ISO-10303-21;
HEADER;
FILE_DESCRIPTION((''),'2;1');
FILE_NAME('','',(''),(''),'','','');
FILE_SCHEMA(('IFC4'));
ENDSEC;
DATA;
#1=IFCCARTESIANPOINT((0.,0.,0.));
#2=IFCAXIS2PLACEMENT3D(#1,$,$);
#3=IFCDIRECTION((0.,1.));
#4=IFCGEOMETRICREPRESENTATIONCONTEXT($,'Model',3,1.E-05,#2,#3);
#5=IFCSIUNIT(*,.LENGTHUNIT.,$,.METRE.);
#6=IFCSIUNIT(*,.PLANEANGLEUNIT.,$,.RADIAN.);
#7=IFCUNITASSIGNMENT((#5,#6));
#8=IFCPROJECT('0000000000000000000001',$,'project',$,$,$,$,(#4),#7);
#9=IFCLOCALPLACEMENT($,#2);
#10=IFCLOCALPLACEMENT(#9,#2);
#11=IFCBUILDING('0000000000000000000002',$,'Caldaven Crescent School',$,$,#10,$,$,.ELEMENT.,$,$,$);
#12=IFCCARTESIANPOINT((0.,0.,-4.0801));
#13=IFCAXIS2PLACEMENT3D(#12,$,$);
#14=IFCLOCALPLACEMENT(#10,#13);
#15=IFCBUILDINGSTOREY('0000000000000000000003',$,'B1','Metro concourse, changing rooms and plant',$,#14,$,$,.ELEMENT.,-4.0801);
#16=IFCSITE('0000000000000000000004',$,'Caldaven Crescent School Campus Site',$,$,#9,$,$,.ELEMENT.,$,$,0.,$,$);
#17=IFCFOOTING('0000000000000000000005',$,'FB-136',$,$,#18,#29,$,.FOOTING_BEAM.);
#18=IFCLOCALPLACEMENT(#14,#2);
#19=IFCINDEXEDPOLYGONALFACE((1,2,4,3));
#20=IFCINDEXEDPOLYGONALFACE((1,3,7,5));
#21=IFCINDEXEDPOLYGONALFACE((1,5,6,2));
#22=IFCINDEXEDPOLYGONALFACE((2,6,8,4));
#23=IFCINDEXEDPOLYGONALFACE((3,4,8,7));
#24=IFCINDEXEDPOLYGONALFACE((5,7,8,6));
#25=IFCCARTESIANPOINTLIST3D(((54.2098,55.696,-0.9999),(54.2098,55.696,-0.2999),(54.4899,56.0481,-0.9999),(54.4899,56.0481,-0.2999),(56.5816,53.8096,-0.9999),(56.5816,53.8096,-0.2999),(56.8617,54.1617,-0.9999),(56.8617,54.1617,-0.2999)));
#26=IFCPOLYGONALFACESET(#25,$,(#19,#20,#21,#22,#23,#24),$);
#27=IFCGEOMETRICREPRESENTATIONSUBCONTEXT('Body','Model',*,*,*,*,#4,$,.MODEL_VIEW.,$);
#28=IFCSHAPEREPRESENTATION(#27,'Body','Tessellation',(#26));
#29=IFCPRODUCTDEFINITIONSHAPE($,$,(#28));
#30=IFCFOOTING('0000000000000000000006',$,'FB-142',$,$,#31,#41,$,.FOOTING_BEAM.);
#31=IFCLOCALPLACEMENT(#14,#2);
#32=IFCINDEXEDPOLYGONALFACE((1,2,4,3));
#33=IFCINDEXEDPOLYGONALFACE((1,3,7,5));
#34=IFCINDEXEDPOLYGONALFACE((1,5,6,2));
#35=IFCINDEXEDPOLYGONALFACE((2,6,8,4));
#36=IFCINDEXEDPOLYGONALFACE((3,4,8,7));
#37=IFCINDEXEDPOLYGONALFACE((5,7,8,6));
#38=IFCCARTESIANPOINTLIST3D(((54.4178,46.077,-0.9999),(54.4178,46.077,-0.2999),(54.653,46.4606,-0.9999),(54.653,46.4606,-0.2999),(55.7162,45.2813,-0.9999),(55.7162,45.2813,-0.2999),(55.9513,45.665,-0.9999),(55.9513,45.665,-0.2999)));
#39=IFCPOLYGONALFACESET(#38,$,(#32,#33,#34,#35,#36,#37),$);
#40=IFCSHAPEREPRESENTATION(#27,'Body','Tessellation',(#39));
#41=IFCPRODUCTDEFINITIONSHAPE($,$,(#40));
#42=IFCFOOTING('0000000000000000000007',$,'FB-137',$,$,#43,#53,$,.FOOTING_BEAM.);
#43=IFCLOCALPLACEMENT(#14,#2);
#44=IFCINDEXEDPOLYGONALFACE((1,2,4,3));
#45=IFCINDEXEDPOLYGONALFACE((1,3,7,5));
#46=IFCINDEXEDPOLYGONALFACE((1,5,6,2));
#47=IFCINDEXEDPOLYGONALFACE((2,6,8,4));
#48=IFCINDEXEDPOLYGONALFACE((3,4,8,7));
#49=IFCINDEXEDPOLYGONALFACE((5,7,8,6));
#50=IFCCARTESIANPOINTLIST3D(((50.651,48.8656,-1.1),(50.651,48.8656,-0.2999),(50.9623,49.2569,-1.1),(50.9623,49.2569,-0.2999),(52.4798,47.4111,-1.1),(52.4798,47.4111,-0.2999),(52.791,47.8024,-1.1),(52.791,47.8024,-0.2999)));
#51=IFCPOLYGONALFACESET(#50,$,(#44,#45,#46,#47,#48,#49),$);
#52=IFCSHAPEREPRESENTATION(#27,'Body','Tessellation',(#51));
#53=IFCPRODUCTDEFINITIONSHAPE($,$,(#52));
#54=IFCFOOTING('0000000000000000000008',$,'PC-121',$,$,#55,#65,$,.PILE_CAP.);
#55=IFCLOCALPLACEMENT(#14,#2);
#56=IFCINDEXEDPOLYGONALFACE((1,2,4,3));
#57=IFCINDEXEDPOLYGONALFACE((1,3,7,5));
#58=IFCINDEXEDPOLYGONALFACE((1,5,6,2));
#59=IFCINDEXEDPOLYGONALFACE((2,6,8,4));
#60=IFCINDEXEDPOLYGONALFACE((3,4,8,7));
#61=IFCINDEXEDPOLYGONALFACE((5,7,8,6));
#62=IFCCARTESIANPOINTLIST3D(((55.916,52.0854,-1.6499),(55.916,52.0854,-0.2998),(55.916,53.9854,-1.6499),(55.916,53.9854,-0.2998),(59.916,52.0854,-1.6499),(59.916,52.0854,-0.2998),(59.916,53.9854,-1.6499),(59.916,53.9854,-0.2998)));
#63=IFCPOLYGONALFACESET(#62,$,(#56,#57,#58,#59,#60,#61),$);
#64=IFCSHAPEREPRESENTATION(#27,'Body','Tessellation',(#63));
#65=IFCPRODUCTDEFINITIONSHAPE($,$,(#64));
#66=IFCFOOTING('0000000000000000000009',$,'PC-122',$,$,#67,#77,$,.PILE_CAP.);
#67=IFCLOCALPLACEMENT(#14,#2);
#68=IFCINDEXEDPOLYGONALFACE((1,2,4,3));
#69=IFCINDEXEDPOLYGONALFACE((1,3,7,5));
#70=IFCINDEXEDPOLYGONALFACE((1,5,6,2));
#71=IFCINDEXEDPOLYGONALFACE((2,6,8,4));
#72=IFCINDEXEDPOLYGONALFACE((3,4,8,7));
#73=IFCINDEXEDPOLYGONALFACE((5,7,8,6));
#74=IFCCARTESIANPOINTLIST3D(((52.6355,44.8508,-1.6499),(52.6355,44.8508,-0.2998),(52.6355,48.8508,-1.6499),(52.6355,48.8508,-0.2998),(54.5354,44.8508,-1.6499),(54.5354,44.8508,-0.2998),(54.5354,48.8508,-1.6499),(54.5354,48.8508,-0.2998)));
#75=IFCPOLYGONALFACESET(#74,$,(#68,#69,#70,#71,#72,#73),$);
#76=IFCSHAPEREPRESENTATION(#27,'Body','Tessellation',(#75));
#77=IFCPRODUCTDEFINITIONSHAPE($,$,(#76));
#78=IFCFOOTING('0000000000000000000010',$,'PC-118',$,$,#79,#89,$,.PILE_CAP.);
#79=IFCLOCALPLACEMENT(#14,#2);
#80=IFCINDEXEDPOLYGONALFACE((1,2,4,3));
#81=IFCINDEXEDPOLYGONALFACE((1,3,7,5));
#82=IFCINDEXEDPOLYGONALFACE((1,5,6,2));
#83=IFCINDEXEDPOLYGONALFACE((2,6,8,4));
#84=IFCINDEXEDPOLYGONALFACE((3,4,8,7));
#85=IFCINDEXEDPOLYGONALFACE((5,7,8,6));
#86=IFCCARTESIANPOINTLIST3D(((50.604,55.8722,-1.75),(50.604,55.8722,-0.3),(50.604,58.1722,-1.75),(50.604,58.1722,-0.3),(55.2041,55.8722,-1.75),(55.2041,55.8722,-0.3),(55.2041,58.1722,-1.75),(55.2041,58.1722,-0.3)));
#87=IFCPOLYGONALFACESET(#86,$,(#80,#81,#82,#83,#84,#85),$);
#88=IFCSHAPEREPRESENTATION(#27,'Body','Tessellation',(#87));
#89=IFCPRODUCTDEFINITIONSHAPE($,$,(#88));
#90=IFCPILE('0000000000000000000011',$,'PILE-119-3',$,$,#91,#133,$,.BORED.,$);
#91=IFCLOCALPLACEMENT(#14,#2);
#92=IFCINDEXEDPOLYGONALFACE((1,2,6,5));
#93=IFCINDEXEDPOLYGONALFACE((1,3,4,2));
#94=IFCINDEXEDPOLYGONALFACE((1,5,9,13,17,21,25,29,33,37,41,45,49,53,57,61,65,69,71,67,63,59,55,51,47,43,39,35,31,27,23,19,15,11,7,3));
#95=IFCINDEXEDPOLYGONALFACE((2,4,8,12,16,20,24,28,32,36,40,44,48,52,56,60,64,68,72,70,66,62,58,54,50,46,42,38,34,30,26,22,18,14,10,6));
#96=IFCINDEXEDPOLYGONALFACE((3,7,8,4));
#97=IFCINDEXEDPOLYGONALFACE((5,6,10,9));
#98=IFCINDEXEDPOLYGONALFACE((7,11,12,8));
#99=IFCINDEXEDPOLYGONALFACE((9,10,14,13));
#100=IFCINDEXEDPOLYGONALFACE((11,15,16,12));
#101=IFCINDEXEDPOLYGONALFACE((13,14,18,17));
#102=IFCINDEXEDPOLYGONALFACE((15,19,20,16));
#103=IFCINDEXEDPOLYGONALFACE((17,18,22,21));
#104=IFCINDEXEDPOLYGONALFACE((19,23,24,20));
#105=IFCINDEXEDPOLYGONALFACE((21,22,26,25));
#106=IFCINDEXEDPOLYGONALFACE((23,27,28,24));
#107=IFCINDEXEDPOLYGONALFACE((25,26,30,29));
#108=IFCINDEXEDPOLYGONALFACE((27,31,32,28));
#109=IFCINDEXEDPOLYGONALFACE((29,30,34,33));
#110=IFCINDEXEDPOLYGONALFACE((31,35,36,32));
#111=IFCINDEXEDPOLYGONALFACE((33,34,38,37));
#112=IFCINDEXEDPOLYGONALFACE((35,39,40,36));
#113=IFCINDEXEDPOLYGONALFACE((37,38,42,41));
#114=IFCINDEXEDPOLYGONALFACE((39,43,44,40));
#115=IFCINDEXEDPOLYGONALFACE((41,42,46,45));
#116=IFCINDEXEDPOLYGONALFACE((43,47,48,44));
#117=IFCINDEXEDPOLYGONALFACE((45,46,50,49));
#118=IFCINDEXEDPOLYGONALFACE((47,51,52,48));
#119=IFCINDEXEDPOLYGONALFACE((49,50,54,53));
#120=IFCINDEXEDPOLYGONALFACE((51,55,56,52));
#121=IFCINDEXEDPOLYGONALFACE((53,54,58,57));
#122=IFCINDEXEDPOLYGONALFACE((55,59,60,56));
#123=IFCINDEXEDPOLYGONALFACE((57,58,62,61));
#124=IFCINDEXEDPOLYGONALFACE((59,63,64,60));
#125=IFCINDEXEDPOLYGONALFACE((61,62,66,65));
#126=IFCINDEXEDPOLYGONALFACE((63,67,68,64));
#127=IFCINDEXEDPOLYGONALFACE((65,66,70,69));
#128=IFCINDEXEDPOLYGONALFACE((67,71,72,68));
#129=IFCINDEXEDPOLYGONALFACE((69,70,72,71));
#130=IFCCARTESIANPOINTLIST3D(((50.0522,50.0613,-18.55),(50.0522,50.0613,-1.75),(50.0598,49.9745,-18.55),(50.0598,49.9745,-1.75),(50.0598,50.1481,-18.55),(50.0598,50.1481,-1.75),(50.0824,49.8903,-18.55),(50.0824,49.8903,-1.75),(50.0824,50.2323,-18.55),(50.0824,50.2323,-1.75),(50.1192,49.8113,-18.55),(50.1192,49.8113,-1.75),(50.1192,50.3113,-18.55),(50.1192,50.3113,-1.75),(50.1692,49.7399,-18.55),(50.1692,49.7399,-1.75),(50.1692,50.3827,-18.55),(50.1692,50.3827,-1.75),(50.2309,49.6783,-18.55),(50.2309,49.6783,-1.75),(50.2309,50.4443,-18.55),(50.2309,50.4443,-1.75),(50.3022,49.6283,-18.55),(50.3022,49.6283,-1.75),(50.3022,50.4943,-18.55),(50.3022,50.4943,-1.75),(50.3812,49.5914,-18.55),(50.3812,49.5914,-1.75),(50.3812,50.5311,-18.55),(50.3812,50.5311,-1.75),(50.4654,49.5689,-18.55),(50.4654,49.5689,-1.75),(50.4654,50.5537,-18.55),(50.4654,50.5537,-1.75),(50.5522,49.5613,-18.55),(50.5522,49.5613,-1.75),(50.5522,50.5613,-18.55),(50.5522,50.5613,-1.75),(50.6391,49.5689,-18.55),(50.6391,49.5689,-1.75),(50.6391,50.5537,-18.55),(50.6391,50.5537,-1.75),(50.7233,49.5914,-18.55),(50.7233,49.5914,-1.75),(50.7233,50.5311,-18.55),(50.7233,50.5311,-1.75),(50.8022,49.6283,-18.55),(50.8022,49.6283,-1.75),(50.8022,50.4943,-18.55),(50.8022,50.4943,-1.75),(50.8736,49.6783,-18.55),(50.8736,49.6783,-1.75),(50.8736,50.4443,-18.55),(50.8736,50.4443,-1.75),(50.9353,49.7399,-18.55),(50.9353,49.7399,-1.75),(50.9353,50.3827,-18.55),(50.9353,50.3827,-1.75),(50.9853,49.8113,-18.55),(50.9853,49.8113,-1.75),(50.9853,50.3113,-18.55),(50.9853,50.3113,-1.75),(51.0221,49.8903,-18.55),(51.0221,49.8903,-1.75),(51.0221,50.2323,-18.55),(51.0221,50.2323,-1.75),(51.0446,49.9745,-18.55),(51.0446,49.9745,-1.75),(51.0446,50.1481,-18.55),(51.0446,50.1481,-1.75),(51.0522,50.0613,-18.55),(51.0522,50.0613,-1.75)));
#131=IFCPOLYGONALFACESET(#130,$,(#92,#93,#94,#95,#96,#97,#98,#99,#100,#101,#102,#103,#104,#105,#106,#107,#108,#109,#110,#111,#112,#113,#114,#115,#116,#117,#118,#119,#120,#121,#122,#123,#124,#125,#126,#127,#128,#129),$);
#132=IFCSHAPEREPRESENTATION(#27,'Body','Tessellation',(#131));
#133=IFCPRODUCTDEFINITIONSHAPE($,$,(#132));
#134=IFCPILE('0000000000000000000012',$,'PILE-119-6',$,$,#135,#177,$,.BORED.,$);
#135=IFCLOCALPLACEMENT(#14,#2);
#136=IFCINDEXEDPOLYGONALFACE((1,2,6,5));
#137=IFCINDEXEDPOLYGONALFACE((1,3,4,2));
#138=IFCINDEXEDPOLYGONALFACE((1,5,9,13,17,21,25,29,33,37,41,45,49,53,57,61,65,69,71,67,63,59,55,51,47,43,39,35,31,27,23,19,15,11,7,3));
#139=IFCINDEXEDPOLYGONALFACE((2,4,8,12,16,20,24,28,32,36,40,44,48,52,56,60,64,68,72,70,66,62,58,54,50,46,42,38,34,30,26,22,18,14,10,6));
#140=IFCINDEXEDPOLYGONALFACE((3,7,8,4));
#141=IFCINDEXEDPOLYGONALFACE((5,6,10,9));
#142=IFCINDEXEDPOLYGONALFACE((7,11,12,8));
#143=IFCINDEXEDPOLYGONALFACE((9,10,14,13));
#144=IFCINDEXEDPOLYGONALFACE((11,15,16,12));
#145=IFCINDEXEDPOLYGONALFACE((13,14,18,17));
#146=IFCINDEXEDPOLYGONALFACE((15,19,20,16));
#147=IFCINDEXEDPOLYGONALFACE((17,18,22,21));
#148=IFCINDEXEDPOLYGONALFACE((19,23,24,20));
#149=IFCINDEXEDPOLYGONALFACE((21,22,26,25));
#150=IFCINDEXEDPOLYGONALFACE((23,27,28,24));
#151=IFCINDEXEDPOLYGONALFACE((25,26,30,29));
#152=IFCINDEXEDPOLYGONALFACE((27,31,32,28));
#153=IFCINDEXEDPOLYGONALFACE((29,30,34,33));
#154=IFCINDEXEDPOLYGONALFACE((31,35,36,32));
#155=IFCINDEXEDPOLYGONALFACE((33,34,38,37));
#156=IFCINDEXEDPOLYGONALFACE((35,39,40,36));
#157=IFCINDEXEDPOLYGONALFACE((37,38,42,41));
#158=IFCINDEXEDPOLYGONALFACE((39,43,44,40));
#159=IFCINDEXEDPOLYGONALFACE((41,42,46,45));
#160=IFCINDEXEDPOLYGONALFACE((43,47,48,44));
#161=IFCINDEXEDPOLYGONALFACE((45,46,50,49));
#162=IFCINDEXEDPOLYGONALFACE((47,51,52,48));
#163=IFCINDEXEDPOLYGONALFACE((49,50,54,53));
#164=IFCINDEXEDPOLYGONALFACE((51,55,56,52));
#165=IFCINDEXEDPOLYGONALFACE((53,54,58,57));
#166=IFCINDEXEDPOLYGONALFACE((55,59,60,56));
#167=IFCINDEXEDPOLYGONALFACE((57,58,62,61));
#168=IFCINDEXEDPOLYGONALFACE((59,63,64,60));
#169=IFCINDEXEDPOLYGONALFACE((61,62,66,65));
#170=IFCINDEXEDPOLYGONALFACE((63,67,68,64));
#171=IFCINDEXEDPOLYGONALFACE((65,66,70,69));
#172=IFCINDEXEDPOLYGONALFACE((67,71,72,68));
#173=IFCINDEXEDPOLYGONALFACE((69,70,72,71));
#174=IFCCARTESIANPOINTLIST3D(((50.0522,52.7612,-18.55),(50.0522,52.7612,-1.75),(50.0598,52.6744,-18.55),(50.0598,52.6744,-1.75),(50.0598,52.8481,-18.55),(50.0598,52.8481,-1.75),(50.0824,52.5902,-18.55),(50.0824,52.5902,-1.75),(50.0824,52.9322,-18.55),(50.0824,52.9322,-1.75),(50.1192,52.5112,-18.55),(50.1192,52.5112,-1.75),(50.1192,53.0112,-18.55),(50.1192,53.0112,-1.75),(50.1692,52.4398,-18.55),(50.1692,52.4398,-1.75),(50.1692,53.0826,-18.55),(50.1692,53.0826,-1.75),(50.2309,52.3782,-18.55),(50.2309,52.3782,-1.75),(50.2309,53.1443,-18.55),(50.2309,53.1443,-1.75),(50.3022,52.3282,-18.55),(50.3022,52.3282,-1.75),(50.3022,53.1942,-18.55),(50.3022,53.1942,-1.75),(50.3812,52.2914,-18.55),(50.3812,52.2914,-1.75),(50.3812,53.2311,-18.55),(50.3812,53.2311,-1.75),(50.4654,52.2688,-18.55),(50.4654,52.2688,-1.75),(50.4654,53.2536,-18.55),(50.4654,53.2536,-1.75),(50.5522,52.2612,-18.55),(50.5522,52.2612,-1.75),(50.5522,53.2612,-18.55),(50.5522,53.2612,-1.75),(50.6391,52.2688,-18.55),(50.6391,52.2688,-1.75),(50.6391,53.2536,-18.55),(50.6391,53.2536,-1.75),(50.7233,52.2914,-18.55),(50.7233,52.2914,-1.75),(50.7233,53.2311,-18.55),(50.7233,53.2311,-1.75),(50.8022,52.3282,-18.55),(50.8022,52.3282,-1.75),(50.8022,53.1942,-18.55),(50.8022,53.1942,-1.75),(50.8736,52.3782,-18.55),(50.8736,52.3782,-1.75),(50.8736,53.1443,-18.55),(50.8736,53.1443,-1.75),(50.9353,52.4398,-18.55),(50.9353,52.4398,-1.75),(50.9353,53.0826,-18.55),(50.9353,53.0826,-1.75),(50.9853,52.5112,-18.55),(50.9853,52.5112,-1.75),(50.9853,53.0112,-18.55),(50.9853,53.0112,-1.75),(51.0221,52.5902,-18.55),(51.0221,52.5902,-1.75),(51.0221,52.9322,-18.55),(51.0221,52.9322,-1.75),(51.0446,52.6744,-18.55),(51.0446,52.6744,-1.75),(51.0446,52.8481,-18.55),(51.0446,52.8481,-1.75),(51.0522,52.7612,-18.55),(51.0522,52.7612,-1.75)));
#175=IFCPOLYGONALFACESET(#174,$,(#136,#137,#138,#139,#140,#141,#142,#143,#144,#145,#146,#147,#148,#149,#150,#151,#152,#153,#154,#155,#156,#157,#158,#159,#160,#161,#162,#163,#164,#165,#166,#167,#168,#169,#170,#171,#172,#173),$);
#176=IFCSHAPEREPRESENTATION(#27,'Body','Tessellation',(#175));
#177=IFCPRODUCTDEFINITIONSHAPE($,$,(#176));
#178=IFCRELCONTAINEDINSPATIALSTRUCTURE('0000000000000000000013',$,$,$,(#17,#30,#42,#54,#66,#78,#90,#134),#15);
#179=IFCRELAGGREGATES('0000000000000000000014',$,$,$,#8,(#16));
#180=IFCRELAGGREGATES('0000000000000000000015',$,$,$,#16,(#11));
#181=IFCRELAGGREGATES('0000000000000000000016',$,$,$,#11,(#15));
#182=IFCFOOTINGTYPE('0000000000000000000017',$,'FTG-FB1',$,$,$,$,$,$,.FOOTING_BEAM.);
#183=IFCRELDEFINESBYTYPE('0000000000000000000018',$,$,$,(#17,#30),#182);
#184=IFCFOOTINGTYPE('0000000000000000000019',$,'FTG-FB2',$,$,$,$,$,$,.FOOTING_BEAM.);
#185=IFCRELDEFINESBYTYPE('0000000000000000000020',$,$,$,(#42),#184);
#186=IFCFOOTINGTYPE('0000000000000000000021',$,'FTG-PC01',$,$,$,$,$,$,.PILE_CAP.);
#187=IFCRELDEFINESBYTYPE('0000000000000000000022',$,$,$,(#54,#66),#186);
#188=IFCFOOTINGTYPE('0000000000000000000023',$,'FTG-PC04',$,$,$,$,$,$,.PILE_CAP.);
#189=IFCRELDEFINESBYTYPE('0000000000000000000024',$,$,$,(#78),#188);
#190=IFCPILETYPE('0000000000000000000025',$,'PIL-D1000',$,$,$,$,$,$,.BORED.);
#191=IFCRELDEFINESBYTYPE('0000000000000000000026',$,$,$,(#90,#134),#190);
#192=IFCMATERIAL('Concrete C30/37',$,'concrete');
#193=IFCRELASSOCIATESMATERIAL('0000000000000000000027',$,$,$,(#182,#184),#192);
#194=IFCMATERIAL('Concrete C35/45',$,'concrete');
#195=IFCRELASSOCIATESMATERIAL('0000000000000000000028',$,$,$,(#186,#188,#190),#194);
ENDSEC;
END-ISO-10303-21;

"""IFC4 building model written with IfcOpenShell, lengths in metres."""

from ifc_helpers import new_model, si_unit, direction, frame, origin, origin_2d, place, context, subcontext, project, spatial, rectangle, circle, extrude, material, material_profile, profile_set, type_object, element, save


model = new_model("IFC4")

# Units and contexts
model_context = context("Model", 3, precision=1e-05, world=origin(), true_north=direction((0.0, 1.0)))
body_context = subcontext(model_context, "Body", "Model", "MODEL_VIEW")
ifc_project = project(units=[si_unit("LENGTHUNIT", "METRE"), si_unit("PLANEANGLEUNIT", "RADIAN")], contexts=[model_context])

# Site, building, storey
site_placement = place(None, origin())
site = spatial("IfcSite", under=ifc_project, at=site_placement, Name="Caldaven Crescent School Campus Site", CompositionType="ELEMENT", RefElevation=0.0)
building_placement = place(site_placement, origin())
building = spatial("IfcBuilding", under=site, at=building_placement, Name="Caldaven Crescent School", CompositionType="ELEMENT")
storey_placement = place(building_placement, frame((0.0, 0.0, -4.0801)))
storey = spatial("IfcBuildingStorey", under=building, at=storey_placement, Name="B1", Description="Metro concourse, changing rooms and plant", CompositionType="ELEMENT", Elevation=-4.0801)

# Footings
ifc_material_1 = material(Name="Concrete C30/37", Category="concrete")
ifc_material_profile_1 = material_profile(ifc_material_1, rectangle(XDim=0.45, YDim=0.7, at=origin_2d()), Name="FB 450x700")
ifc_profile_set_1 = profile_set([ifc_material_profile_1], Name="Concrete C30/37")
footing_type_1 = type_object("IfcFootingType", Name="FTG-FB1", PredefinedType="FOOTING_BEAM", material=ifc_profile_set_1)
footing_1_placement = place(storey_placement, frame((54.3499, 55.8721, -0.6499), z_axis=(0.782634, -0.622482, 0.0), x_axis=(0.622482, 0.782634, 0.0)))
element("IfcFooting", 1, at=footing_1_placement, inside=storey, type_object=footing_type_1, Name="FB-136", PredefinedType="FOOTING_BEAM", context=body_context, shape_type="SweptSolid", body=[
    extrude(rectangle(XDim=0.45, YDim=0.7, at=origin_2d()), origin(), (0.0, 0.0, 1.0), 3.0305),
])
footing_2_placement = place(storey_placement, frame((54.5354, 46.2688, -0.6499), z_axis=(0.852631, -0.522513, 0.0), x_axis=(0.522513, 0.852631, 0.0)))
element("IfcFooting", 2, at=footing_2_placement, inside=storey, type_object=footing_type_1, Name="FB-142", PredefinedType="FOOTING_BEAM", context=body_context, shape_type="SweptSolid", body=[
    extrude(rectangle(XDim=0.45, YDim=0.7, at=origin_2d()), origin(), (0.0, 0.0, 1.0), 1.5227),
])
ifc_material_profile_2 = material_profile(ifc_material_1, rectangle(XDim=0.5, YDim=0.8, at=origin_2d()), Name="FB 500x800")
ifc_profile_set_2 = profile_set([ifc_material_profile_2], Name="Concrete C30/37")
footing_type_2 = type_object("IfcFootingType", Name="FTG-FB2", PredefinedType="FOOTING_BEAM", material=ifc_profile_set_2)
footing_3_placement = place(storey_placement, frame((50.8066, 49.0613, -0.7), z_axis=(0.782639, -0.622476, 0.0), x_axis=(0.622476, 0.782639, 0.0)))
element("IfcFooting", 3, at=footing_3_placement, inside=storey, type_object=footing_type_2, Name="FB-137", PredefinedType="FOOTING_BEAM", context=body_context, shape_type="SweptSolid", body=[
    extrude(rectangle(XDim=0.5, YDim=0.8, at=origin_2d()), origin(), (0.0, 0.0, 1.0), 2.3367),
])
ifc_material_2 = material(Name="Concrete C35/45", Category="concrete")
footing_type_3 = type_object("IfcFootingType", Name="FTG-PC01", PredefinedType="PILE_CAP", material=ifc_material_2)
for number, where, z_axis, x_axis, name in (
    (4, (57.916, 53.0354, -1.6499), (0.0, 0.0, 1.0), (1.0, 0.0, 0.0), "PC-121"),
    (5, (53.5854, 46.8508, -1.6499), (0.0, 0.0, 1.0), (0.0, 1.0, 0.0), "PC-122"),
):
    element("IfcFooting", number, at=place(storey_placement, frame(where, z_axis=z_axis, x_axis=x_axis)), inside=storey, type_object=footing_type_3, Name=name, PredefinedType="PILE_CAP", context=body_context, shape_type="SweptSolid", body=[
        extrude(rectangle(XDim=4.0, YDim=1.8999, at=origin_2d()), origin(), (0.0, 0.0, 1.0), 1.3501),
    ])
footing_type_4 = type_object("IfcFootingType", Name="FTG-PC04", PredefinedType="PILE_CAP", material=ifc_material_2)
footing_4_placement = place(storey_placement, frame((52.9041, 57.0222, -1.75), z_axis=(0.0, 0.0, 1.0), x_axis=(1.0, 0.0, 0.0)))
element("IfcFooting", 6, at=footing_4_placement, inside=storey, type_object=footing_type_4, Name="PC-118", PredefinedType="PILE_CAP", context=body_context, shape_type="SweptSolid", body=[
    extrude(rectangle(XDim=4.6001, YDim=2.3, at=origin_2d()), origin(), (0.0, 0.0, 1.0), 1.45),
])

# Piles
ifc_material_profile_3 = material_profile(ifc_material_2, circle(Radius=0.5, at=origin_2d()), Name="PILE D1000")
ifc_profile_set_3 = profile_set([ifc_material_profile_3], Name="Concrete C35/45")
pile_type_1 = type_object("IfcPileType", Name="PIL-D1000", PredefinedType="BORED", material=ifc_profile_set_3)
for number, where, z_axis, x_axis, name in (
    (7, (50.5522, 50.0613, -1.75), (0.0, 0.0, -1.0), (1.0, 0.0, 0.0), "PILE-119-3"),
    (8, (50.5522, 52.7612, -1.75), (0.0, 0.0, -1.0), (1.0, 0.0, 0.0), "PILE-119-6"),
):
    element("IfcPile", number, at=place(storey_placement, frame(where, z_axis=z_axis, x_axis=x_axis)), inside=storey, type_object=pile_type_1, Name=name, PredefinedType="BORED", context=body_context, shape_type="SweptSolid", body=[
        extrude(circle(Radius=0.5, at=origin_2d()), origin(), (0.0, 0.0, 1.0), 16.8),
    ])

save(model, "model.ifc")
